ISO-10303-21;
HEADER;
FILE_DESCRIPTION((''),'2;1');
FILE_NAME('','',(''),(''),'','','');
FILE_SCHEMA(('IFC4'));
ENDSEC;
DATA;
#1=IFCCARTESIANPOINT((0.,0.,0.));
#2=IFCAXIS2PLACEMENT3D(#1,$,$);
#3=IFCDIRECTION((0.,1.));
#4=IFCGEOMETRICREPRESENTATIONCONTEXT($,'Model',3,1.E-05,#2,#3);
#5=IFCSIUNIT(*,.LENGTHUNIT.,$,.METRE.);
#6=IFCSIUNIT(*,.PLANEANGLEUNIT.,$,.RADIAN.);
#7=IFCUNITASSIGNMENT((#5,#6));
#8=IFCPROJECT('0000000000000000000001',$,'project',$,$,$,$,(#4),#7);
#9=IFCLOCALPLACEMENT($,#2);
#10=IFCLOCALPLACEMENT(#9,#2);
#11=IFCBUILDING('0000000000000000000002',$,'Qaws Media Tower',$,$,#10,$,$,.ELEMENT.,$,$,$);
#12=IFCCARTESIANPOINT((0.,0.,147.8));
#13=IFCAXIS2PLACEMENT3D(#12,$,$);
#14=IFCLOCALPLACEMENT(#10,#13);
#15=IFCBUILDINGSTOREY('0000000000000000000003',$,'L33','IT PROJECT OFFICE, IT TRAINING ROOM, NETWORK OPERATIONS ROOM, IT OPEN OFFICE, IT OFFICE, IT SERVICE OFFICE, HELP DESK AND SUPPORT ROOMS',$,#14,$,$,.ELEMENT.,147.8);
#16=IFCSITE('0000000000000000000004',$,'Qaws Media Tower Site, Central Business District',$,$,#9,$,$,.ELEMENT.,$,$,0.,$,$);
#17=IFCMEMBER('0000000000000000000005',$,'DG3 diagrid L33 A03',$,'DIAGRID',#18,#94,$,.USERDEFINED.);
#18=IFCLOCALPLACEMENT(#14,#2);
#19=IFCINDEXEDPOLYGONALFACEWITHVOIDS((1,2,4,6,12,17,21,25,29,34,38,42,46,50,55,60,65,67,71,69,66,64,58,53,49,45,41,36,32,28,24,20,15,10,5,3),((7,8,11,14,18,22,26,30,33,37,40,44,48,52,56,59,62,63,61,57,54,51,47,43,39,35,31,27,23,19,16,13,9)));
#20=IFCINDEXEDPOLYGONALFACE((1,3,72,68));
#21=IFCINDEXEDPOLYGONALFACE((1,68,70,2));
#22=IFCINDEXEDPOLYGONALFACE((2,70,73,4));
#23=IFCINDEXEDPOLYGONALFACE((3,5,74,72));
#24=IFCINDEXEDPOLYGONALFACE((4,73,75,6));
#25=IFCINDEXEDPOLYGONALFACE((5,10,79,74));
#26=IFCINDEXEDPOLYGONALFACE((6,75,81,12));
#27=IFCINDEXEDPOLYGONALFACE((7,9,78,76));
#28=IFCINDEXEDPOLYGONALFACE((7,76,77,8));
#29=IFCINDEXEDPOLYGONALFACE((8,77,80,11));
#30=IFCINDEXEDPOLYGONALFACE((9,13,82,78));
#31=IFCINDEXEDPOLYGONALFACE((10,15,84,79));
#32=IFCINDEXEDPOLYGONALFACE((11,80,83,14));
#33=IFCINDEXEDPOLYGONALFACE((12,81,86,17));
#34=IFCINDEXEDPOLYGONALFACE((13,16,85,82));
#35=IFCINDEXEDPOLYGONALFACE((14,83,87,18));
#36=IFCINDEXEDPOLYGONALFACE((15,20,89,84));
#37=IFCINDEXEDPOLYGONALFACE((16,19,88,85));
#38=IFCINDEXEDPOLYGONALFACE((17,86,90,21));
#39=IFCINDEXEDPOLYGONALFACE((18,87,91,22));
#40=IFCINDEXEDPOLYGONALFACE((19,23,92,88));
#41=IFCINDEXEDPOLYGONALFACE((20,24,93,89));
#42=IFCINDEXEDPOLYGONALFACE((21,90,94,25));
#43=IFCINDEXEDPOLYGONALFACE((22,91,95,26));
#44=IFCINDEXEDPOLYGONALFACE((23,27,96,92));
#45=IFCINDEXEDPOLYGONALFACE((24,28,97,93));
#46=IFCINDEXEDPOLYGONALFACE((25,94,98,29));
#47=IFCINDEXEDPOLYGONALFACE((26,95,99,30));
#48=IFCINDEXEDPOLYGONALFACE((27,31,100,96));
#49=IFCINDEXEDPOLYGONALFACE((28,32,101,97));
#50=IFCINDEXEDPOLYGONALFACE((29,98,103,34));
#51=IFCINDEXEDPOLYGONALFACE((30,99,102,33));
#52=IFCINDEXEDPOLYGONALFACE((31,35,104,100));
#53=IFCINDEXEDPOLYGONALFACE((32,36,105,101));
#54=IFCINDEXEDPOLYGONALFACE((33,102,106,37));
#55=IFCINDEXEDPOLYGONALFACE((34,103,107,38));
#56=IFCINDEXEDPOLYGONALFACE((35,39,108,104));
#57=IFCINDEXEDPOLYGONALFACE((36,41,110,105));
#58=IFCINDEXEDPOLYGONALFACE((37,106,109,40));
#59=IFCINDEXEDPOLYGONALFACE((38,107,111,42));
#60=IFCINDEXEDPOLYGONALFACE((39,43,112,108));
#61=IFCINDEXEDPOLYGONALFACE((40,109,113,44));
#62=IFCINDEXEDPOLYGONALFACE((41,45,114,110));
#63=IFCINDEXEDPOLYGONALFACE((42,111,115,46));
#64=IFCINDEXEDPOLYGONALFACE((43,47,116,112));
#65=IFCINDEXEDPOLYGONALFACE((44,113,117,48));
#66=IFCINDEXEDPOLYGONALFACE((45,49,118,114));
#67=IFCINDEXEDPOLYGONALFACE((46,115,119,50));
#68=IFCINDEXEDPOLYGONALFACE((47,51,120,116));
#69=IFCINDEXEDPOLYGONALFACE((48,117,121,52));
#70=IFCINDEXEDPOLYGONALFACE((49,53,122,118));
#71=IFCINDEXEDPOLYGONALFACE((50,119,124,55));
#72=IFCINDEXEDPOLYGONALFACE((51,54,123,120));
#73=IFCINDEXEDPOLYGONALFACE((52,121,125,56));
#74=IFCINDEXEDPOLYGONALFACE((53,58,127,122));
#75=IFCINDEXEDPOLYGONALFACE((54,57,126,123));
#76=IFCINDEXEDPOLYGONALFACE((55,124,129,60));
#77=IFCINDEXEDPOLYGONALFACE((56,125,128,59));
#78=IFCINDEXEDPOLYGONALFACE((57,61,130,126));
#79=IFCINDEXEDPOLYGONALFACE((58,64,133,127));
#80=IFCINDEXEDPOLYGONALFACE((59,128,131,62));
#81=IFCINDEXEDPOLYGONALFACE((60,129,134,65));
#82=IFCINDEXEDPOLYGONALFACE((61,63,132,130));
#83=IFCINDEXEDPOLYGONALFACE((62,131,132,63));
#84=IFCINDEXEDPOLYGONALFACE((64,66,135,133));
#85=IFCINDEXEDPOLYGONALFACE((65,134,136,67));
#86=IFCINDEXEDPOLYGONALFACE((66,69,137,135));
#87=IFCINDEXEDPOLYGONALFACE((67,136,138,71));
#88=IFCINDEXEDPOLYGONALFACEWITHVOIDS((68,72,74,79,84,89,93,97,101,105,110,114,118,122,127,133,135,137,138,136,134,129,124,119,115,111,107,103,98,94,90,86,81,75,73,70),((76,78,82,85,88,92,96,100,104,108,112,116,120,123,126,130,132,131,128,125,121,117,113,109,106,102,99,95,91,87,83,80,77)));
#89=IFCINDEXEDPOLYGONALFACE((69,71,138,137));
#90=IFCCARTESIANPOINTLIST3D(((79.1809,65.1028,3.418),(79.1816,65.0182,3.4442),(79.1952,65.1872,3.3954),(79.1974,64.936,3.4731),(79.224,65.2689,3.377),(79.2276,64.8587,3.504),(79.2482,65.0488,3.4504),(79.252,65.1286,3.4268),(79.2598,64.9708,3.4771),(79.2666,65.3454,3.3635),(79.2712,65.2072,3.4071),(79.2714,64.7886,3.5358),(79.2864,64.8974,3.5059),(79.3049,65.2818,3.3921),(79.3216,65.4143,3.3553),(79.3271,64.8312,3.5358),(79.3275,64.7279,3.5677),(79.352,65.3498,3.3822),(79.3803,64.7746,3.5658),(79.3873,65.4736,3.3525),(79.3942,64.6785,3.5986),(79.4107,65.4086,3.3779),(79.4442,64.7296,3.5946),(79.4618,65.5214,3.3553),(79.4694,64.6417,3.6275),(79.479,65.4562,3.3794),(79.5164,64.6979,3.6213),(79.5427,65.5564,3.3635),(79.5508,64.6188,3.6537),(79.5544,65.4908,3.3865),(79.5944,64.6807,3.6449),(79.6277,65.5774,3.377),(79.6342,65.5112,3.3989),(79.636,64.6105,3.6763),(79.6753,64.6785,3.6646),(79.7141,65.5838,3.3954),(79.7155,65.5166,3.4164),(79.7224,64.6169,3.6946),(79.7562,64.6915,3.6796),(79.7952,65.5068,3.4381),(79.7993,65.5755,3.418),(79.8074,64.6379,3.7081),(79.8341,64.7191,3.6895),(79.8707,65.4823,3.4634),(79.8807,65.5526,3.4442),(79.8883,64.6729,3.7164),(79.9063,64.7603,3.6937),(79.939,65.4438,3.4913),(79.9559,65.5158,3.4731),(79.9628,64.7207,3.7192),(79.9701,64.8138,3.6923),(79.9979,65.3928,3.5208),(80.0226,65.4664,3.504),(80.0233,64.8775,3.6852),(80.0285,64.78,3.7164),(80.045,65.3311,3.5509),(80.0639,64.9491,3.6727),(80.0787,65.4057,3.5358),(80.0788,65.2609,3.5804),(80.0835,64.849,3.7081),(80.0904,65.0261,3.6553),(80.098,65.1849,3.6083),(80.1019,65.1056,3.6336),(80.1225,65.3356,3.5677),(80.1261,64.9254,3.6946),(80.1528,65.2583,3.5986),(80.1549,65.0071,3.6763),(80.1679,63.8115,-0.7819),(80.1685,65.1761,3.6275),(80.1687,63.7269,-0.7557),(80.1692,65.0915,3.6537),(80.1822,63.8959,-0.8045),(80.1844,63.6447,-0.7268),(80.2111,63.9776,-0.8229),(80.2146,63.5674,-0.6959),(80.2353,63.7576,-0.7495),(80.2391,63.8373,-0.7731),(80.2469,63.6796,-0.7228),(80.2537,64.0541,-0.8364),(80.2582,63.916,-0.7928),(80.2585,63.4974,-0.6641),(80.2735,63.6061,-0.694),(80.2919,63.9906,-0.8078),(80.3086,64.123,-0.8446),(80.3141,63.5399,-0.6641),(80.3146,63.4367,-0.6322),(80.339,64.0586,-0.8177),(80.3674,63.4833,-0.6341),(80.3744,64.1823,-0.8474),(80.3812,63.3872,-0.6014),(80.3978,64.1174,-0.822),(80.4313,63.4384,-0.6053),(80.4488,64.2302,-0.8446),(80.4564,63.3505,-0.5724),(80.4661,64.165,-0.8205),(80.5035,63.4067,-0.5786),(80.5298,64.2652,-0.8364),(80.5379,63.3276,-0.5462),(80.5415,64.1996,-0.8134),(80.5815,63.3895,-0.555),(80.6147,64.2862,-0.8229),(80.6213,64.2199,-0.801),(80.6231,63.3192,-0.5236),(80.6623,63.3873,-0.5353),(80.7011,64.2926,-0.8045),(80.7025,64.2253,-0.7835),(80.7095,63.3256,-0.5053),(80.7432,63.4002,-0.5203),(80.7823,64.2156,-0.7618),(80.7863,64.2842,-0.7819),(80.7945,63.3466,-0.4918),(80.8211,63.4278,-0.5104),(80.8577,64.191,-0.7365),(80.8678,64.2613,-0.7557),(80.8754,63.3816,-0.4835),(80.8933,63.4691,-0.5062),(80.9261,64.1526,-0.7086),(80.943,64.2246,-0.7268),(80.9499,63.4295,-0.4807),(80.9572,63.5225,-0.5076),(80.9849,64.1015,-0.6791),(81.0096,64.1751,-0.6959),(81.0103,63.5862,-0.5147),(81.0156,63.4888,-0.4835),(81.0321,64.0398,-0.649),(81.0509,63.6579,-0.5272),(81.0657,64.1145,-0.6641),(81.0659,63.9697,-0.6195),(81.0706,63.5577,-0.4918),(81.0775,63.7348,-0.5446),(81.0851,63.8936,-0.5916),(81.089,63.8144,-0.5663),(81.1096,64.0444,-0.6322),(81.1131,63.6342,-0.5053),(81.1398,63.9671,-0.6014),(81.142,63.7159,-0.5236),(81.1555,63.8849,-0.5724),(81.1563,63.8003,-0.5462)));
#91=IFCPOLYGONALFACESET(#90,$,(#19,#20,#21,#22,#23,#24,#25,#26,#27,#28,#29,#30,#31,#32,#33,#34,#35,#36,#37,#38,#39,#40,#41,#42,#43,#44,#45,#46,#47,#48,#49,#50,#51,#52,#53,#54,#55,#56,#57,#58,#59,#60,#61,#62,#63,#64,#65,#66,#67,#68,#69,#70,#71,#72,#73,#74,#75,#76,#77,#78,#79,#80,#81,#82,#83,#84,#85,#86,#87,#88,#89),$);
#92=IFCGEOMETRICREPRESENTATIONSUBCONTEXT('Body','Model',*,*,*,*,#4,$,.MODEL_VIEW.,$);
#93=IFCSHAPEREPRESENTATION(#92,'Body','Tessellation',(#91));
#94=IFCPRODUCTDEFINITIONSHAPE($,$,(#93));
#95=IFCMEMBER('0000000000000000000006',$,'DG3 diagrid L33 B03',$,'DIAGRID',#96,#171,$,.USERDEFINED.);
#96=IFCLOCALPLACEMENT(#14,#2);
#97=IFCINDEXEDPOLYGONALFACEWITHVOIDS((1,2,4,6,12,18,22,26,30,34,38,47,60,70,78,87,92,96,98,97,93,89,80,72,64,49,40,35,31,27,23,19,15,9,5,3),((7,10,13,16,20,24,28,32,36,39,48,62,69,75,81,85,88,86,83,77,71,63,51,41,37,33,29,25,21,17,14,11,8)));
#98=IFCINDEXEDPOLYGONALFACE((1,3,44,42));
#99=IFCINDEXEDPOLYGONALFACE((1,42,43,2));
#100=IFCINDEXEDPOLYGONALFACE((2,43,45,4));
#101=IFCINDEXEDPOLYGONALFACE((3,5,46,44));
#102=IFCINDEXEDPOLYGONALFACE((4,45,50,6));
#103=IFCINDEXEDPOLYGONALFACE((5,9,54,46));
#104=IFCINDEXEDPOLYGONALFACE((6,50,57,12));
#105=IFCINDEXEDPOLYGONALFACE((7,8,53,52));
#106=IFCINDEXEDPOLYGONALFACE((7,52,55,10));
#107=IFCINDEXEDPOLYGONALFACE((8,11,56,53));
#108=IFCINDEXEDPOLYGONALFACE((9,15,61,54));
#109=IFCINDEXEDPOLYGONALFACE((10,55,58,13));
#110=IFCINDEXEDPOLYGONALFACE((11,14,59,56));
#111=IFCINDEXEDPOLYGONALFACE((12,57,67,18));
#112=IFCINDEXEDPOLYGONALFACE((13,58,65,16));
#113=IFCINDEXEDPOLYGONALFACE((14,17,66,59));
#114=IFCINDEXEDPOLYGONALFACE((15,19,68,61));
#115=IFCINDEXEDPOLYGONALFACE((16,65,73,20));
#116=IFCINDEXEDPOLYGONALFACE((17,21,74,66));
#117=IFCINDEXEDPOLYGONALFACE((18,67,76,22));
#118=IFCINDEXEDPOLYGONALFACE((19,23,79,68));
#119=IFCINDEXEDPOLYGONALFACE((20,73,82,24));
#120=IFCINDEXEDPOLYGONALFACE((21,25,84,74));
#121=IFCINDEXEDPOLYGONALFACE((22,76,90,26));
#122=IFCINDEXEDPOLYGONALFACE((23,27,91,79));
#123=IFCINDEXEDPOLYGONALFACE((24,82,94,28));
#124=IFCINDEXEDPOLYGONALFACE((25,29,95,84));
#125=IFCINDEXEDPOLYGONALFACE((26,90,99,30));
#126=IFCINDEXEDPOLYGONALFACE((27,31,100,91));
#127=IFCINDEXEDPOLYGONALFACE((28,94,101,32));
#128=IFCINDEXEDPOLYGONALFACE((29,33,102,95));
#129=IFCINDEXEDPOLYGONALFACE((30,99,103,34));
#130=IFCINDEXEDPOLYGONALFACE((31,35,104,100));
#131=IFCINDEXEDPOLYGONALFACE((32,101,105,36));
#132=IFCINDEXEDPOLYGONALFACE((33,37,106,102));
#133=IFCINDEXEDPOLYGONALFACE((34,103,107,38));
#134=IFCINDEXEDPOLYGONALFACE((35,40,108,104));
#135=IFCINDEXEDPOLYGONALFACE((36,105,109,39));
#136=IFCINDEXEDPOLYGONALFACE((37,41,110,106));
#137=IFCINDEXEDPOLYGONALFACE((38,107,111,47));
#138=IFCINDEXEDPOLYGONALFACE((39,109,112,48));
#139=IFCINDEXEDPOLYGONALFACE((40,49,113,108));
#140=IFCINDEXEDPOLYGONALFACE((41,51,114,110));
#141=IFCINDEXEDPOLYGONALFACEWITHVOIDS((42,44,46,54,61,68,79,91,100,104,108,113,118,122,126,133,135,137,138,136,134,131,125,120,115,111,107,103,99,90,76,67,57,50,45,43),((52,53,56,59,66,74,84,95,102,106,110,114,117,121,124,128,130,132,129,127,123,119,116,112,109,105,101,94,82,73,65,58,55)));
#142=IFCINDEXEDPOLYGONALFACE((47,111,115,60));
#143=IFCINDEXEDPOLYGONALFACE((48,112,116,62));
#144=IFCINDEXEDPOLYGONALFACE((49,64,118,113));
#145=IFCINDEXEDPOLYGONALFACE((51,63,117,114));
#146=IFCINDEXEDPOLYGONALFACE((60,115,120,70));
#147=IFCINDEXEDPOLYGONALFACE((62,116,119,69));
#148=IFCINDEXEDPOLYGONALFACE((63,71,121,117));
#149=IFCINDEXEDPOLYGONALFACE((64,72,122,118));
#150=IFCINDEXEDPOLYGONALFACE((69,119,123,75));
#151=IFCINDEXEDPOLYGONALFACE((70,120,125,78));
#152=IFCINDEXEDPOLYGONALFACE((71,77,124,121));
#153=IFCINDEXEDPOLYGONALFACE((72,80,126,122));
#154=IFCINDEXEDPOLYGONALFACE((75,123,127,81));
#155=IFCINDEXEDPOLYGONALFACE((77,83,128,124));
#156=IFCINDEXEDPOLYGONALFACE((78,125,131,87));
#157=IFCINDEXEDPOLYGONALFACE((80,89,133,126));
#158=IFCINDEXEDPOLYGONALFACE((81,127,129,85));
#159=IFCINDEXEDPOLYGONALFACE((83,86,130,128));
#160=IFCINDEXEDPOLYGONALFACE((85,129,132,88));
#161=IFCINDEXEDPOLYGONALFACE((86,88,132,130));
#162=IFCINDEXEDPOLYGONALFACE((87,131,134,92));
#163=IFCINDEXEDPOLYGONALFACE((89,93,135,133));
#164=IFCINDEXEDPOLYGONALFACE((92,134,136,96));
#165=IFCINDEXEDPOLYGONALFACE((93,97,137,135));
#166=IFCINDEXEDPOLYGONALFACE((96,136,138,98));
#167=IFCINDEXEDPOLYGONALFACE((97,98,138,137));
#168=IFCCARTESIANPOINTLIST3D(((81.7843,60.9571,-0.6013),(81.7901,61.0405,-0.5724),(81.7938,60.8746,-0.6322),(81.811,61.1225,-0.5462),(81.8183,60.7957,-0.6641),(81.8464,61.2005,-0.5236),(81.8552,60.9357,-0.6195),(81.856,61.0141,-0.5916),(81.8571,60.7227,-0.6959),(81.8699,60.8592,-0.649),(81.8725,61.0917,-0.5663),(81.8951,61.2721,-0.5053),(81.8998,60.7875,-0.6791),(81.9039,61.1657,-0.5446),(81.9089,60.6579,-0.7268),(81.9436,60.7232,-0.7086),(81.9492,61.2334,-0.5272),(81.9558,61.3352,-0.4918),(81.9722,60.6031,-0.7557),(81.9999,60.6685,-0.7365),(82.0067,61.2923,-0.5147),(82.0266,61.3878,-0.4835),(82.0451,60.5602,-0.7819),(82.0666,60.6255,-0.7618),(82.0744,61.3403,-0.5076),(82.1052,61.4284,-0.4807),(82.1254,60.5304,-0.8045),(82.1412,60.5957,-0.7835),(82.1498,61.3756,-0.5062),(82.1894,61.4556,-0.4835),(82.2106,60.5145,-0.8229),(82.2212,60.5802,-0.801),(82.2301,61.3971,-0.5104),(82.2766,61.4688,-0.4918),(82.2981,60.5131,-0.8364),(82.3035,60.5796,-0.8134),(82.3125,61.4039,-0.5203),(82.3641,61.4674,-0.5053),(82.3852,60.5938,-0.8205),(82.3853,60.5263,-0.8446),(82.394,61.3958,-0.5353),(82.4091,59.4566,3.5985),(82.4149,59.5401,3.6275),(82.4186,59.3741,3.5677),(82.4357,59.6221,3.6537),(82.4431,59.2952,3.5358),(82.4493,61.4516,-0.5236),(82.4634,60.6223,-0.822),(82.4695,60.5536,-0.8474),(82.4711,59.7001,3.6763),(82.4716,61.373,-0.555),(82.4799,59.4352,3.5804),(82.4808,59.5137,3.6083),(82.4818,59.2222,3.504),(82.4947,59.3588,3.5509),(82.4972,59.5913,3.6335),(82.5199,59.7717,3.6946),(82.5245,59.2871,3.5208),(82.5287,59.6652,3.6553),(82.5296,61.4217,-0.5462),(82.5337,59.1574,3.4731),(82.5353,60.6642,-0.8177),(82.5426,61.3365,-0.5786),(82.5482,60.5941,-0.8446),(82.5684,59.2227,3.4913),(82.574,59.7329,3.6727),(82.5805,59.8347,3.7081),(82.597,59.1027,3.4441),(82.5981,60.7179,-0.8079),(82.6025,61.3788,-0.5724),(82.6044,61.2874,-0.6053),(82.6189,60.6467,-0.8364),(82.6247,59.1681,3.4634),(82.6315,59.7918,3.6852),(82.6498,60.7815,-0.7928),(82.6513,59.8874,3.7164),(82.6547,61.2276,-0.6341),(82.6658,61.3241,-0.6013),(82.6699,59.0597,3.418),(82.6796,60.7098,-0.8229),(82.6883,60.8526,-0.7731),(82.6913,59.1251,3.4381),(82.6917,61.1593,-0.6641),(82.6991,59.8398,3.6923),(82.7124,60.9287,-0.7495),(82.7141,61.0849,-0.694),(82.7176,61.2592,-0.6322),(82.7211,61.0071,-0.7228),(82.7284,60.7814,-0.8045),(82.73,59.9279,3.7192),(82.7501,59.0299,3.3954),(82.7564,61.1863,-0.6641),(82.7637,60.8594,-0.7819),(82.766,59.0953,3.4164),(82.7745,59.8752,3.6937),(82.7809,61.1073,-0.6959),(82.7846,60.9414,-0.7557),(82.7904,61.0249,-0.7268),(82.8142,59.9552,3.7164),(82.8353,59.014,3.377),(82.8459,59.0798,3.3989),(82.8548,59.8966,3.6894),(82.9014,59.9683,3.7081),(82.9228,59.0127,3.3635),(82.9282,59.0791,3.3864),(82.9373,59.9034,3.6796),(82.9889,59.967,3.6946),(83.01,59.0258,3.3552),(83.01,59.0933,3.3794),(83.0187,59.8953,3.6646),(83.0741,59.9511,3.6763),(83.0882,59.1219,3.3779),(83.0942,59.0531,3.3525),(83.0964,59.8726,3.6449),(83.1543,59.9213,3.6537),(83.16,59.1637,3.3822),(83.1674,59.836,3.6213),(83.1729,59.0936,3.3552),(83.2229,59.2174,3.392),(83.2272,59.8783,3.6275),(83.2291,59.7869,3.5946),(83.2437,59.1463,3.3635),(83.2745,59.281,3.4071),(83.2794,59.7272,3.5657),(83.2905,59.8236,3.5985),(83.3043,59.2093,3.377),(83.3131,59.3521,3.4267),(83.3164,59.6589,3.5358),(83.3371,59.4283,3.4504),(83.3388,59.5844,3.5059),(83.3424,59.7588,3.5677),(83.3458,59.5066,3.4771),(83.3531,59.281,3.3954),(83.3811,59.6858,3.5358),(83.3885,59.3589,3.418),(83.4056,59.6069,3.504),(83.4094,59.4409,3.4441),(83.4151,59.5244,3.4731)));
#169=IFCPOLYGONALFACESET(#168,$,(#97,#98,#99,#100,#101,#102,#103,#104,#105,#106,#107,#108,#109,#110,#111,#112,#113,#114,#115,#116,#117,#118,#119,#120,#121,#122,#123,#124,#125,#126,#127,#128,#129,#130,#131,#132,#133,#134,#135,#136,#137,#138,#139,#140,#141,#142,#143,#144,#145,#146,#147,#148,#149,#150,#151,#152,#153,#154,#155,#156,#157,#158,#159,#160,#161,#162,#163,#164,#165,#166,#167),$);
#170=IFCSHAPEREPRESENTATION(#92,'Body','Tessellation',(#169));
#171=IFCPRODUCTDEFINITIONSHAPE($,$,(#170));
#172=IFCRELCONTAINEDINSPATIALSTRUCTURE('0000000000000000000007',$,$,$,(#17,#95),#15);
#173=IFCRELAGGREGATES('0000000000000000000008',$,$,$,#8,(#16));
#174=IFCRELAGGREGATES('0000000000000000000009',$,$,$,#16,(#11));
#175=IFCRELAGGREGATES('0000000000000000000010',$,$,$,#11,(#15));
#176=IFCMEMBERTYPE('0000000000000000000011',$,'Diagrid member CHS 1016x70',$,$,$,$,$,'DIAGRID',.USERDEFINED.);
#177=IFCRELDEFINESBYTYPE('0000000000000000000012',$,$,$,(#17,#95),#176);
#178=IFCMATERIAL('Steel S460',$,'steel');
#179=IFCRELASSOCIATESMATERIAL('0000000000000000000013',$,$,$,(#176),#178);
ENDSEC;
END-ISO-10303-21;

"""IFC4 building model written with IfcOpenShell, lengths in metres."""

from ifc_helpers import new_model, si_unit, direction, frame, origin, origin_2d, place, context, subcontext, project, spatial, hollow_circle, extrude, material, material_profile, profile_set, type_object, element, save


model = new_model("IFC4")

# Units and contexts
model_context = context("Model", 3, precision=1e-05, world=origin(), true_north=direction((0.0, 1.0)))
body_context = subcontext(model_context, "Body", "Model", "MODEL_VIEW")
ifc_project = project(units=[si_unit("LENGTHUNIT", "METRE"), si_unit("PLANEANGLEUNIT", "RADIAN")], contexts=[model_context])

# Site, building, storey
site_placement = place(None, origin())
site = spatial("IfcSite", under=ifc_project, at=site_placement, Name="Qaws Media Tower Site, Central Business District", CompositionType="ELEMENT", RefElevation=0.0)
building_placement = place(site_placement, origin())
building = spatial("IfcBuilding", under=site, at=building_placement, Name="Qaws Media Tower", CompositionType="ELEMENT")
storey_placement = place(building_placement, frame((0.0, 0.0, 147.8)))
storey = spatial("IfcBuildingStorey", under=building, at=storey_placement, Name="L33", Description="IT PROJECT OFFICE, IT TRAINING ROOM, NETWORK OPERATIONS ROOM, IT OPEN OFFICE, IT OFFICE, IT SERVICE OFFICE, HELP DESK AND SUPPORT ROOMS", CompositionType="ELEMENT", Elevation=147.8)

# Members
ifc_material_1 = material(Name="Steel S460", Category="steel")
ifc_material_profile_1 = material_profile(ifc_material_1, hollow_circle(Radius=0.5081, WallThickness=0.0701, at=origin_2d()), Name="CHS 1016x70")
ifc_profile_set_1 = profile_set([ifc_material_profile_1], Name="Steel S460")
member_type_1 = type_object("IfcMemberType", Name="Diagrid member CHS 1016x70", ElementType="DIAGRID", PredefinedType="USERDEFINED", material=ifc_profile_set_1)
for number, where, z_axis, x_axis, name in (
    (1, (80.6621, 63.8059, -0.6641), (-0.219178, 0.286726, 0.932604), (-0.794469, -0.607305, 0.0), "DG3 diagrid L33 A03"),
    (2, (82.2874, 60.991, -0.6641), (0.138727, -0.333184, 0.9326), (0.923175, 0.384381, 0.0), "DG3 diagrid L33 B03"),
):
    element("IfcMember", number, at=place(storey_placement, frame(where, z_axis=z_axis, x_axis=x_axis)), inside=storey, type_object=member_type_1, Name=name, ObjectType="DIAGRID", PredefinedType="USERDEFINED", context=body_context, shape_type="SweptSolid", body=[
        extrude(hollow_circle(Radius=0.5081, WallThickness=0.0701, at=origin_2d()), origin(), (0.0, 0.0, 1.0), 4.5034),
    ])

save(model, "model.ifc")
